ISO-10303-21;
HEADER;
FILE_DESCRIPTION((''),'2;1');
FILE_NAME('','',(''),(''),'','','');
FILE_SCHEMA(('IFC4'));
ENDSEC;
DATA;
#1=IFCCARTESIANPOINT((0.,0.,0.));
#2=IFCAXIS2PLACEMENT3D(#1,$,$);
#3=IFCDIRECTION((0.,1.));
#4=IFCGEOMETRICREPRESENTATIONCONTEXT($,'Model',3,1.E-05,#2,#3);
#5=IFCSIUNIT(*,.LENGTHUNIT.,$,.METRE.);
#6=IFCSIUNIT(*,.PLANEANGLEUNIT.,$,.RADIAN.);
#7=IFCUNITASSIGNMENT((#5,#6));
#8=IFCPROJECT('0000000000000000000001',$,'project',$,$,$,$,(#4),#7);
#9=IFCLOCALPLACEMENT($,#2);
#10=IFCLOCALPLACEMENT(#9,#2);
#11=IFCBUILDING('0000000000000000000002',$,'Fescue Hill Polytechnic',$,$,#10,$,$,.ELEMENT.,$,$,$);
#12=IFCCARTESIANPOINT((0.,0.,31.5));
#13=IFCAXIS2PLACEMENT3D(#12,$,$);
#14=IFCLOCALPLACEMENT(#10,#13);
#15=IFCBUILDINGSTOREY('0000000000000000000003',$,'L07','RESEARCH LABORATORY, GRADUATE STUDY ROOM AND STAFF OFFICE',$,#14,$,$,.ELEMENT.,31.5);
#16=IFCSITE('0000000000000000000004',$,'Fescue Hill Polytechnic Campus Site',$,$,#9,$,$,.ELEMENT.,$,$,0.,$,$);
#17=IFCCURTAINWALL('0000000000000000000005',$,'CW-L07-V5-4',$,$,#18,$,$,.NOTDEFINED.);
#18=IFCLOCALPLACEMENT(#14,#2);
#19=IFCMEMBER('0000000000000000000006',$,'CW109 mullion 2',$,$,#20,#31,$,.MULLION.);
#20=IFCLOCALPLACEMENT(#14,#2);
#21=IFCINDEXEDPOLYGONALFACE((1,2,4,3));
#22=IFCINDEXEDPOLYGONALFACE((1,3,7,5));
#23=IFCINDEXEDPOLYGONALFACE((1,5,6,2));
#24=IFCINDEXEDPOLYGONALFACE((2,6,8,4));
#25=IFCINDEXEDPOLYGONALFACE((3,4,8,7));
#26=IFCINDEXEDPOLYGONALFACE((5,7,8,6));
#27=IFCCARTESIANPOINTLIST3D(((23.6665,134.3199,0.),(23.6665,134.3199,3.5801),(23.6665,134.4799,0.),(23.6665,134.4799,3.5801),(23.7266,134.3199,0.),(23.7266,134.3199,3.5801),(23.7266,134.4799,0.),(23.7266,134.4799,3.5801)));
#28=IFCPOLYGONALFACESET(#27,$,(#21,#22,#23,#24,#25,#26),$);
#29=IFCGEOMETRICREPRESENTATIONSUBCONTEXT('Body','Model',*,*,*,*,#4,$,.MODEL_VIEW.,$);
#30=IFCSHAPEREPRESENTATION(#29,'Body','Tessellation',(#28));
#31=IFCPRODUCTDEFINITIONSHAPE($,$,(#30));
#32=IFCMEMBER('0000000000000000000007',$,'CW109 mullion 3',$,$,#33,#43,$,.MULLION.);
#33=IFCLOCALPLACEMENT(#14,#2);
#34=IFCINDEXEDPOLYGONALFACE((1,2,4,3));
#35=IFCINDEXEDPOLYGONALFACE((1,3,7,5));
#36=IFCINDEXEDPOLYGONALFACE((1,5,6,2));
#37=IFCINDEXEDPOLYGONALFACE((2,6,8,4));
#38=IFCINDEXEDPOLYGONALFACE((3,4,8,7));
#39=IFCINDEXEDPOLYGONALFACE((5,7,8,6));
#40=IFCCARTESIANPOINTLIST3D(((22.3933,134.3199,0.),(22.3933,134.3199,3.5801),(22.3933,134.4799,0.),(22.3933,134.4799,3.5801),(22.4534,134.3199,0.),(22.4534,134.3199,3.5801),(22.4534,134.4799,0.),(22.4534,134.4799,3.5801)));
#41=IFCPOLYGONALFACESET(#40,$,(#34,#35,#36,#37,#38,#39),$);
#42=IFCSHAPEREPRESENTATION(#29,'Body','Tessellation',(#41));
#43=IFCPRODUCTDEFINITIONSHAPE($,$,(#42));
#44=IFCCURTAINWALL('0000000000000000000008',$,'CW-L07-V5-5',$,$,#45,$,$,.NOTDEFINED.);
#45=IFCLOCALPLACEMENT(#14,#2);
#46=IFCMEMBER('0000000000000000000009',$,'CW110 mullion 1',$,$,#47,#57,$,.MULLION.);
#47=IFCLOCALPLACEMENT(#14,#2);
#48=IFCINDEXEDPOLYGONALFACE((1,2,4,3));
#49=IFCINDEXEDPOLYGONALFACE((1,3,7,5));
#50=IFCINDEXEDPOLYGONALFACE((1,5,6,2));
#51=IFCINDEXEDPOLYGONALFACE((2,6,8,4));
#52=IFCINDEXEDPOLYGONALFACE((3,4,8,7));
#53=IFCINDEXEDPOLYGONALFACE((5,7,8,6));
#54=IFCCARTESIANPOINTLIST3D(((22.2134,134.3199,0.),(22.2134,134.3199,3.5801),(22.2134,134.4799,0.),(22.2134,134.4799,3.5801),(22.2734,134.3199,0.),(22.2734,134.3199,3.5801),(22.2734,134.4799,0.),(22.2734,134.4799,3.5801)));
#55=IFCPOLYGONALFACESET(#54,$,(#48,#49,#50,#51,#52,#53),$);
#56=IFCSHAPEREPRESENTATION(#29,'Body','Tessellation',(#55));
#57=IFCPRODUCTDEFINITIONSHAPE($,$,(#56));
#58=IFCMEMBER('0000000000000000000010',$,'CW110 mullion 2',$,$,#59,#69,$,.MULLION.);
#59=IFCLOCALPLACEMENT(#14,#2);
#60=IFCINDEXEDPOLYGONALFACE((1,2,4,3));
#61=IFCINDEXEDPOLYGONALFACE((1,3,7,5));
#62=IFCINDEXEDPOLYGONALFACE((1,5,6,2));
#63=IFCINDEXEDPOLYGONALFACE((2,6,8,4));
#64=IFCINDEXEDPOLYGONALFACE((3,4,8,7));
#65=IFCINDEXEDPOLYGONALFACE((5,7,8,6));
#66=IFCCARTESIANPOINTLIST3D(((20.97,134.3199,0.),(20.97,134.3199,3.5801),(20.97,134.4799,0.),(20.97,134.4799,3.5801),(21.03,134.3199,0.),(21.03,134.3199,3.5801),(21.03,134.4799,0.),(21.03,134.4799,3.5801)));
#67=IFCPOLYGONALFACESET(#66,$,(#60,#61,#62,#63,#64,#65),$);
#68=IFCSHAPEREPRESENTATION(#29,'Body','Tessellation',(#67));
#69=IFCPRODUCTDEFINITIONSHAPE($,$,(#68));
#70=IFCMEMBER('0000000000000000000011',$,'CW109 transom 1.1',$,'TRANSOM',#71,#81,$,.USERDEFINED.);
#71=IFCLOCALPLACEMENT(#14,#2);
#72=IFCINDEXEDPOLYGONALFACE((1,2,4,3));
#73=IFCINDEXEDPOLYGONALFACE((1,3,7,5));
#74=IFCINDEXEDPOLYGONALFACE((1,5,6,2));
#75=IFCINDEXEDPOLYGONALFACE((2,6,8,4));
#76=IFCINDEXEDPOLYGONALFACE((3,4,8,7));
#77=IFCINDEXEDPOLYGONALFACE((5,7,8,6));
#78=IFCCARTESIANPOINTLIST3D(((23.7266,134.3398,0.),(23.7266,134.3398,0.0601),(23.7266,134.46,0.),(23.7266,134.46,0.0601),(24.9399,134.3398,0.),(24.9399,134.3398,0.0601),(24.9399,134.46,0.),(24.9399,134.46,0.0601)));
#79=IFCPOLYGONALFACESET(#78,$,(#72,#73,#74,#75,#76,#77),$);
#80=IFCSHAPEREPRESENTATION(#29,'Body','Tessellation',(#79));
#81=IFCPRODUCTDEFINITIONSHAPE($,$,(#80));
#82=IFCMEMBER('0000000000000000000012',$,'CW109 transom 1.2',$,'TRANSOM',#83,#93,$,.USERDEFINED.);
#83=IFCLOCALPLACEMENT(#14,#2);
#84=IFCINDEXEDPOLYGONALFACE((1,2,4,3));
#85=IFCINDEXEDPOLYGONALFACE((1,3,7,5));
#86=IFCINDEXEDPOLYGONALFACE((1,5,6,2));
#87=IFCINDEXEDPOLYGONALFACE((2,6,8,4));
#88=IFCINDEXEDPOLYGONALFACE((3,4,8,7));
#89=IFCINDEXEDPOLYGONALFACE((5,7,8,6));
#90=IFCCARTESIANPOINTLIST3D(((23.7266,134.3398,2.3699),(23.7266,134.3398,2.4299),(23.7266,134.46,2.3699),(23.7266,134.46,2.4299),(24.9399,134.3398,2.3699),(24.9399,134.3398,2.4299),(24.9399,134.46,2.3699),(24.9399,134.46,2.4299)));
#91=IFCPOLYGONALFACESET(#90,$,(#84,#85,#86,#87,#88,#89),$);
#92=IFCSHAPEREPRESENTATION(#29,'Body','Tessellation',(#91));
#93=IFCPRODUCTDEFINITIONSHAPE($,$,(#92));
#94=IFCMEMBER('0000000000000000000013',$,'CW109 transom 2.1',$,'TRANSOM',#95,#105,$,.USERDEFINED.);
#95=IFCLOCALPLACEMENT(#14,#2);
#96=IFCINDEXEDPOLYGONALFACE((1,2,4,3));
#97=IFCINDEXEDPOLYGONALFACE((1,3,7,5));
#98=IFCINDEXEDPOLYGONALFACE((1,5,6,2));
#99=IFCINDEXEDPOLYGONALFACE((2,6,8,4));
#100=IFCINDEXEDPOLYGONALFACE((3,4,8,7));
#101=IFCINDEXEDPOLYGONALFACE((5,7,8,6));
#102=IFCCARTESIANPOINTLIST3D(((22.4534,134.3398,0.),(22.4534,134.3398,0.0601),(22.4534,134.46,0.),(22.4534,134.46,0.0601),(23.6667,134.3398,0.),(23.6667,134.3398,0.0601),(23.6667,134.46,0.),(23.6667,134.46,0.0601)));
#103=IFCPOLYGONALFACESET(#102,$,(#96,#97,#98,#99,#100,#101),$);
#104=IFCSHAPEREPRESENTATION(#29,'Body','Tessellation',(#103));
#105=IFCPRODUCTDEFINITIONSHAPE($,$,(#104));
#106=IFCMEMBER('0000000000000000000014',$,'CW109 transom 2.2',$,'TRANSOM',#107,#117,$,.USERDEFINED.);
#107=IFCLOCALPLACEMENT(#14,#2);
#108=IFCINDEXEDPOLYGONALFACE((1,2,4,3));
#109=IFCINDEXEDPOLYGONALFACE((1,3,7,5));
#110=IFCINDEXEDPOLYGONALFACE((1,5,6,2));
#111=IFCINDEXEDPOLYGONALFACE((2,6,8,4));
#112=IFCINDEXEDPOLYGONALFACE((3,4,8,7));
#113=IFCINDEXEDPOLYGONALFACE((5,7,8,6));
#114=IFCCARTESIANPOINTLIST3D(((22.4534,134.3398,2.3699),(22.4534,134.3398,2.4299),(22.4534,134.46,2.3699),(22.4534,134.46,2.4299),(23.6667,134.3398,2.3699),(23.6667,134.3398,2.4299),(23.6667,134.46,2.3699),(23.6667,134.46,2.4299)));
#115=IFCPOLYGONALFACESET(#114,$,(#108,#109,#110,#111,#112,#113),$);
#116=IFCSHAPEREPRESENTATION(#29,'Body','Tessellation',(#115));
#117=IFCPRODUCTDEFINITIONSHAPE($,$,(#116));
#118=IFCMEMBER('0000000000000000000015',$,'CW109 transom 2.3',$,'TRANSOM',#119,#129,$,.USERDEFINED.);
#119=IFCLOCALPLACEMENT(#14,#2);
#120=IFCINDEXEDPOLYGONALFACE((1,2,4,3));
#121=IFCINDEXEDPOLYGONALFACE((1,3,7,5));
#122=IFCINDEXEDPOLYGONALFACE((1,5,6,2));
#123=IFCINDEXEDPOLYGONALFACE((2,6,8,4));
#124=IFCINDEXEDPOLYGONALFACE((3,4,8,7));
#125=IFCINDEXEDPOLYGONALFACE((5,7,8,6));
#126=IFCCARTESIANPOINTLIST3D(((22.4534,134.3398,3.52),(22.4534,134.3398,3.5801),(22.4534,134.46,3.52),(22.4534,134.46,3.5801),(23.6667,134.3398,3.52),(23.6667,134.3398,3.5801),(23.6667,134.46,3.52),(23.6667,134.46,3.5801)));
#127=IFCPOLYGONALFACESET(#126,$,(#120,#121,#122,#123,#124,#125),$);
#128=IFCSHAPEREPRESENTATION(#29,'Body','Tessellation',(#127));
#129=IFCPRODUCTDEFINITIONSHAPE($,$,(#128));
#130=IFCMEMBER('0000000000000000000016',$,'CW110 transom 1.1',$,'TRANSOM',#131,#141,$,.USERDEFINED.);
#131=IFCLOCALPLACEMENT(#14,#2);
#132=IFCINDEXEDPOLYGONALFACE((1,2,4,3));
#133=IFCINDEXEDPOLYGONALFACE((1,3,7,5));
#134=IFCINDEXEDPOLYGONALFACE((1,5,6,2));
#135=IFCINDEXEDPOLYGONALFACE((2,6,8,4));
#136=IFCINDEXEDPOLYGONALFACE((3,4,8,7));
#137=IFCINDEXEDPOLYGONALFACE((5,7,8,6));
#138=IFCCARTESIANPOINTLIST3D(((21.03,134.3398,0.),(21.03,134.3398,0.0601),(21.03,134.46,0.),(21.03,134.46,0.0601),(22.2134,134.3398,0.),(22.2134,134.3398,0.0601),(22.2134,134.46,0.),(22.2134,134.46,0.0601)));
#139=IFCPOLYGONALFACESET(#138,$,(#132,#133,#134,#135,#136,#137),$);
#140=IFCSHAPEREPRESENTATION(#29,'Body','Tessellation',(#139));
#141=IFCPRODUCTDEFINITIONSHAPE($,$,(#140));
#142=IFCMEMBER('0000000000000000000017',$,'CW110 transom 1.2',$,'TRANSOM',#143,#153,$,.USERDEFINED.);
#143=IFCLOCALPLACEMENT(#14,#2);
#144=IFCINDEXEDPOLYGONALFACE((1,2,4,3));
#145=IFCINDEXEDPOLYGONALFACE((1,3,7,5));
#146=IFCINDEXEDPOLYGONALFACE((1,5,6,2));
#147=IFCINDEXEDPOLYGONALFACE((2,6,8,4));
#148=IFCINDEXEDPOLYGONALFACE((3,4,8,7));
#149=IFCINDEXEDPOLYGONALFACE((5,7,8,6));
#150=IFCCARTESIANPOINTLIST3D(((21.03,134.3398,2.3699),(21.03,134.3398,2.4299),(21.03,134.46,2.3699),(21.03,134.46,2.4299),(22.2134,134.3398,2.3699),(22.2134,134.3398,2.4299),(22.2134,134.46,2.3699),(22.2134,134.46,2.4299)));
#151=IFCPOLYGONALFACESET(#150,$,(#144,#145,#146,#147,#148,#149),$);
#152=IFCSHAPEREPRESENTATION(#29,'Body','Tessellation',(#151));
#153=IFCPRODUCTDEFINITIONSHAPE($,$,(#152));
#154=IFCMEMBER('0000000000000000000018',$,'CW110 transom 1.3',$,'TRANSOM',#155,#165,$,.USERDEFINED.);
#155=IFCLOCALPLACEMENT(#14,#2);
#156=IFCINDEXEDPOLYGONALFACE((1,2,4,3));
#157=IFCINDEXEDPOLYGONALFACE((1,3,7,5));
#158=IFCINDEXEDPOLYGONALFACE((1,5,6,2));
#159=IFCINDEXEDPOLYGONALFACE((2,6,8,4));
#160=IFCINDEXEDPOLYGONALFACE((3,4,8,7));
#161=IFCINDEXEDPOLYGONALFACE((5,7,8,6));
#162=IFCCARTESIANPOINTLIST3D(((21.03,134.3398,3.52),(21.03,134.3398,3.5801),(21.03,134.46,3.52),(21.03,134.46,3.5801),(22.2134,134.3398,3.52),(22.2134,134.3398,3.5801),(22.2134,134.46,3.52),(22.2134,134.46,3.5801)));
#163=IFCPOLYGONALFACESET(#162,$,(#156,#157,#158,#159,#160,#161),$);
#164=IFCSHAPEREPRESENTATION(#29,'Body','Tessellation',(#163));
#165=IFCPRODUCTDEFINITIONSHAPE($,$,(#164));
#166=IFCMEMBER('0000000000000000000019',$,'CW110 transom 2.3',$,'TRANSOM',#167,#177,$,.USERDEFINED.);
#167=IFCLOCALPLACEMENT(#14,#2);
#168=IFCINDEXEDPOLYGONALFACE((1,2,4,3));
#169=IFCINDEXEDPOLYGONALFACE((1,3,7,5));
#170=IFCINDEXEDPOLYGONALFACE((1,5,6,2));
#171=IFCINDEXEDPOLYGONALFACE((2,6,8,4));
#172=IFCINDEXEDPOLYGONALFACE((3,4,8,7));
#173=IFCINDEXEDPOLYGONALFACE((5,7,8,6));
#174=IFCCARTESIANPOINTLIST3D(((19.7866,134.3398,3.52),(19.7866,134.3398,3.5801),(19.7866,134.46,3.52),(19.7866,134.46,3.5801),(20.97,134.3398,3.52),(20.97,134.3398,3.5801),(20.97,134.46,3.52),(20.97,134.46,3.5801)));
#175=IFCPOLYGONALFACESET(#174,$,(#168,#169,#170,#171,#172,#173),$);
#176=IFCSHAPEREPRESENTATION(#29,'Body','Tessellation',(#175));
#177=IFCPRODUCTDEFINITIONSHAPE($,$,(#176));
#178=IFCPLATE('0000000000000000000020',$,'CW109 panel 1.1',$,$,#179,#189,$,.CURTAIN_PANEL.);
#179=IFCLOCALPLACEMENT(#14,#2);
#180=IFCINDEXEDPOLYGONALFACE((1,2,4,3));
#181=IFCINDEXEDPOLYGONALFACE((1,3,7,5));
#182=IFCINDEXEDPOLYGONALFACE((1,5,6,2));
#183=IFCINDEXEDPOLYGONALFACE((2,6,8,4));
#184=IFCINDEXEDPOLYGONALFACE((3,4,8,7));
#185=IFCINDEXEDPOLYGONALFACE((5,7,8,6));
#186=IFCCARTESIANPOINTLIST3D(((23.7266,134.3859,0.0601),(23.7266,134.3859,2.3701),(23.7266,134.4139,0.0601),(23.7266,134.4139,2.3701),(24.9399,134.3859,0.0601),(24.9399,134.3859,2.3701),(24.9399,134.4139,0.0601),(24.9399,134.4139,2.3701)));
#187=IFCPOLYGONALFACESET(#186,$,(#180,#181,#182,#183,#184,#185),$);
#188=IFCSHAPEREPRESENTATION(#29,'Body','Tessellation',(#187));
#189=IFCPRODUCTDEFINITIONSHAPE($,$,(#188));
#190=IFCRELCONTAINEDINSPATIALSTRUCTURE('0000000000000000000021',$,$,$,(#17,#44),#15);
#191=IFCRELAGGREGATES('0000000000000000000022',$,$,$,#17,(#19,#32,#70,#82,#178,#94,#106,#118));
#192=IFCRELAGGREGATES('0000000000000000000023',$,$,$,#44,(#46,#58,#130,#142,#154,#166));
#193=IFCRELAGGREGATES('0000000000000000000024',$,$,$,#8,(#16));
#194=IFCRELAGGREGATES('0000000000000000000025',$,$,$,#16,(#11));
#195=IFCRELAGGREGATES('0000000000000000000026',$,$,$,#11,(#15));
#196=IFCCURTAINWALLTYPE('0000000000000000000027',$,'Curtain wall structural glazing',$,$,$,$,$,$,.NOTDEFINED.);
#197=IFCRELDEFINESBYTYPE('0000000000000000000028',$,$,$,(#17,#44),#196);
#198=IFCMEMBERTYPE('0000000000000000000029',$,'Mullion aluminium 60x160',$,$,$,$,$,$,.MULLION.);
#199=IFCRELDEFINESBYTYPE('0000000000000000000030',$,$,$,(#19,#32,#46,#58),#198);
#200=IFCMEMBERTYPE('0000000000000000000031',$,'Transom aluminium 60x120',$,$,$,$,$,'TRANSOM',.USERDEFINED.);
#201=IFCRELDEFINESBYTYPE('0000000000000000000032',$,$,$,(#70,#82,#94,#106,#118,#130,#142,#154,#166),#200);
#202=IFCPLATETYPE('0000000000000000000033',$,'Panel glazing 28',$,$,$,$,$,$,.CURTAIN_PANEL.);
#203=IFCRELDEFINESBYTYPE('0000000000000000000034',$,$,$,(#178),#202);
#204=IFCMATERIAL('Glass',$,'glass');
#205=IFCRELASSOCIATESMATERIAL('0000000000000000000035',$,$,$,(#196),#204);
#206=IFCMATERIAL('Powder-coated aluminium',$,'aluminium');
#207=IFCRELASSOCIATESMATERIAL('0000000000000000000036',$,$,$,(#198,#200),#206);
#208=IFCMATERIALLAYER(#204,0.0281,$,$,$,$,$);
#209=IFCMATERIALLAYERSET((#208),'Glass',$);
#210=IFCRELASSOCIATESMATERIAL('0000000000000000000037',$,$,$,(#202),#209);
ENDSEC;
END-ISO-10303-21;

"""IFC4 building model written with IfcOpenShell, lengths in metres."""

from ifc_helpers import new_model, si_unit, direction, frame, origin, origin_2d, place, context, subcontext, project, spatial, rectangle, extrude, material, layer, layer_set, material_profile, profile_set, type_object, element, aggregate, save


model = new_model("IFC4")

# Units and contexts
model_context = context("Model", 3, precision=1e-05, world=origin(), true_north=direction((0.0, 1.0)))
body_context = subcontext(model_context, "Body", "Model", "MODEL_VIEW")
ifc_project = project(units=[si_unit("LENGTHUNIT", "METRE"), si_unit("PLANEANGLEUNIT", "RADIAN")], contexts=[model_context])

# Site, building, storey
site_placement = place(None, origin())
site = spatial("IfcSite", under=ifc_project, at=site_placement, Name="Fescue Hill Polytechnic Campus Site", CompositionType="ELEMENT", RefElevation=0.0)
building_placement = place(site_placement, origin())
building = spatial("IfcBuilding", under=site, at=building_placement, Name="Fescue Hill Polytechnic", CompositionType="ELEMENT")
storey_placement = place(building_placement, frame((0.0, 0.0, 31.5)))
storey = spatial("IfcBuildingStorey", under=building, at=storey_placement, Name="L07", Description="RESEARCH LABORATORY, GRADUATE STUDY ROOM AND STAFF OFFICE", CompositionType="ELEMENT", Elevation=31.5)

# Curtain walls, members
ifc_material_1 = material(Name="Glass", Category="glass")
curtain_wall_type = type_object("IfcCurtainWallType", Name="Curtain wall structural glazing", PredefinedType="NOTDEFINED", material=ifc_material_1)
curtain_wall_1_placement = place(storey_placement, origin())
curtain_wall_1 = element("IfcCurtainWall", 1, at=curtain_wall_1_placement, inside=storey, type_object=curtain_wall_type, Name="CW-L07-V5-4", PredefinedType="NOTDEFINED")
ifc_material_2 = material(Name="Powder-coated aluminium", Category="aluminium")
ifc_material_profile_1 = material_profile(ifc_material_2, rectangle(XDim=0.1599, YDim=0.0601, at=origin_2d()), Name="Mullion aluminium 60x160")
ifc_profile_set_1 = profile_set([ifc_material_profile_1], Name="Powder-coated aluminium")
member_type_1 = type_object("IfcMemberType", Name="Mullion aluminium 60x160", PredefinedType="MULLION", material=ifc_profile_set_1)
member_1_placement = place(storey_placement, frame((23.6965, 134.3999, 0.0), z_axis=(0.0, 0.0, 1.0), x_axis=(0.0, -1.0, 0.0)))
member_1 = element("IfcMember", 2, at=member_1_placement, type_object=member_type_1, Name="CW109 mullion 2", PredefinedType="MULLION", context=body_context, shape_type="SweptSolid", body=[
    extrude(rectangle(XDim=0.1599, YDim=0.0601, at=origin_2d()), origin(), (0.0, 0.0, 1.0), 3.5801),
])
member_2_placement = place(storey_placement, frame((22.4233, 134.3999, 0.0), z_axis=(0.0, 0.0, 1.0), x_axis=(0.0, -1.0, 0.0)))
member_2 = element("IfcMember", 3, at=member_2_placement, type_object=member_type_1, Name="CW109 mullion 3", PredefinedType="MULLION", context=body_context, shape_type="SweptSolid", body=[
    extrude(rectangle(XDim=0.1599, YDim=0.0601, at=origin_2d()), origin(), (0.0, 0.0, 1.0), 3.5801),
])
curtain_wall_2_placement = place(storey_placement, origin())
curtain_wall_2 = element("IfcCurtainWall", 4, at=curtain_wall_2_placement, inside=storey, type_object=curtain_wall_type, Name="CW-L07-V5-5", PredefinedType="NOTDEFINED")
member_3_placement = place(storey_placement, frame((22.2434, 134.3999, 0.0), z_axis=(0.0, 0.0, 1.0), x_axis=(0.0, -1.0, 0.0)))
member_3 = element("IfcMember", 5, at=member_3_placement, type_object=member_type_1, Name="CW110 mullion 1", PredefinedType="MULLION", context=body_context, shape_type="SweptSolid", body=[
    extrude(rectangle(XDim=0.1599, YDim=0.0601, at=origin_2d()), origin(), (0.0, 0.0, 1.0), 3.5801),
])
member_4_placement = place(storey_placement, frame((21.0, 134.3999, 0.0), z_axis=(0.0, 0.0, 1.0), x_axis=(0.0, -1.0, 0.0)))
member_4 = element("IfcMember", 6, at=member_4_placement, type_object=member_type_1, Name="CW110 mullion 2", PredefinedType="MULLION", context=body_context, shape_type="SweptSolid", body=[
    extrude(rectangle(XDim=0.1599, YDim=0.0601, at=origin_2d()), origin(), (0.0, 0.0, 1.0), 3.5801),
])

# Members
ifc_material_profile_2 = material_profile(ifc_material_2, rectangle(XDim=0.1201, YDim=0.0601, at=origin_2d()), Name="Transom aluminium 60x120")
ifc_profile_set_2 = profile_set([ifc_material_profile_2], Name="Powder-coated aluminium")
member_type_2 = type_object("IfcMemberType", Name="Transom aluminium 60x120", ElementType="TRANSOM", PredefinedType="USERDEFINED", material=ifc_profile_set_2)
member_5_placement = place(storey_placement, frame((24.9399, 134.3999, 0.03), z_axis=(-1.0, 0.0, 0.0), x_axis=(0.0, -1.0, 0.0)))
member_5 = element("IfcMember", 7, at=member_5_placement, type_object=member_type_2, Name="CW109 transom 1.1", ObjectType="TRANSOM", PredefinedType="USERDEFINED", context=body_context, shape_type="SweptSolid", body=[
    extrude(rectangle(XDim=0.1201, YDim=0.0601, at=origin_2d()), origin(), (0.0, 0.0, 1.0), 1.2134),
])
member_6_placement = place(storey_placement, frame((24.9399, 134.3999, 2.3999), z_axis=(-1.0, 0.0, 0.0), x_axis=(0.0, -1.0, 0.0)))
member_6 = element("IfcMember", 8, at=member_6_placement, type_object=member_type_2, Name="CW109 transom 1.2", ObjectType="TRANSOM", PredefinedType="USERDEFINED", context=body_context, shape_type="SweptSolid", body=[
    extrude(rectangle(XDim=0.1201, YDim=0.0601, at=origin_2d()), origin(), (0.0, 0.0, 1.0), 1.2134),
])
member_7_placement = place(storey_placement, frame((23.6667, 134.3999, 0.03), z_axis=(-1.0, 0.0, 0.0), x_axis=(0.0, -1.0, 0.0)))
member_7 = element("IfcMember", 9, at=member_7_placement, type_object=member_type_2, Name="CW109 transom 2.1", ObjectType="TRANSOM", PredefinedType="USERDEFINED", context=body_context, shape_type="SweptSolid", body=[
    extrude(rectangle(XDim=0.1201, YDim=0.0601, at=origin_2d()), origin(), (0.0, 0.0, 1.0), 1.2134),
])
member_8_placement = place(storey_placement, frame((23.6667, 134.3999, 2.3999), z_axis=(-1.0, 0.0, 0.0), x_axis=(0.0, -1.0, 0.0)))
member_8 = element("IfcMember", 10, at=member_8_placement, type_object=member_type_2, Name="CW109 transom 2.2", ObjectType="TRANSOM", PredefinedType="USERDEFINED", context=body_context, shape_type="SweptSolid", body=[
    extrude(rectangle(XDim=0.1201, YDim=0.0601, at=origin_2d()), origin(), (0.0, 0.0, 1.0), 1.2134),
])
member_9_placement = place(storey_placement, frame((23.6667, 134.3999, 3.55), z_axis=(-1.0, 0.0, 0.0), x_axis=(0.0, -1.0, 0.0)))
member_9 = element("IfcMember", 11, at=member_9_placement, type_object=member_type_2, Name="CW109 transom 2.3", ObjectType="TRANSOM", PredefinedType="USERDEFINED", context=body_context, shape_type="SweptSolid", body=[
    extrude(rectangle(XDim=0.1201, YDim=0.0601, at=origin_2d()), origin(), (0.0, 0.0, 1.0), 1.2134),
])
member_10_placement = place(storey_placement, frame((22.2134, 134.3999, 0.03), z_axis=(-1.0, 0.0, 0.0), x_axis=(0.0, -1.0, 0.0)))
member_10 = element("IfcMember", 12, at=member_10_placement, type_object=member_type_2, Name="CW110 transom 1.1", ObjectType="TRANSOM", PredefinedType="USERDEFINED", context=body_context, shape_type="SweptSolid", body=[
    extrude(rectangle(XDim=0.1201, YDim=0.0601, at=origin_2d()), origin(), (0.0, 0.0, 1.0), 1.1833),
])
member_11_placement = place(storey_placement, frame((22.2134, 134.3999, 2.3999), z_axis=(-1.0, 0.0, 0.0), x_axis=(0.0, -1.0, 0.0)))
member_11 = element("IfcMember", 13, at=member_11_placement, type_object=member_type_2, Name="CW110 transom 1.2", ObjectType="TRANSOM", PredefinedType="USERDEFINED", context=body_context, shape_type="SweptSolid", body=[
    extrude(rectangle(XDim=0.1201, YDim=0.0601, at=origin_2d()), origin(), (0.0, 0.0, 1.0), 1.1833),
])
member_12_placement = place(storey_placement, frame((22.2134, 134.3999, 3.55), z_axis=(-1.0, 0.0, 0.0), x_axis=(0.0, -1.0, 0.0)))
member_12 = element("IfcMember", 14, at=member_12_placement, type_object=member_type_2, Name="CW110 transom 1.3", ObjectType="TRANSOM", PredefinedType="USERDEFINED", context=body_context, shape_type="SweptSolid", body=[
    extrude(rectangle(XDim=0.1201, YDim=0.0601, at=origin_2d()), origin(), (0.0, 0.0, 1.0), 1.1833),
])
member_13_placement = place(storey_placement, frame((20.97, 134.3999, 3.55), z_axis=(-1.0, 0.0, 0.0), x_axis=(0.0, -1.0, 0.0)))
member_13 = element("IfcMember", 15, at=member_13_placement, type_object=member_type_2, Name="CW110 transom 2.3", ObjectType="TRANSOM", PredefinedType="USERDEFINED", context=body_context, shape_type="SweptSolid", body=[
    extrude(rectangle(XDim=0.1201, YDim=0.0601, at=origin_2d()), origin(), (0.0, 0.0, 1.0), 1.1833),
])

# Plate
ifc_layer_1 = layer(ifc_material_1, 0.0281)
ifc_layer_set_1 = layer_set([ifc_layer_1], Name="Glass")
plate_type = type_object("IfcPlateType", Name="Panel glazing 28", PredefinedType="CURTAIN_PANEL", material=ifc_layer_set_1)
plate_1_placement = place(storey_placement, frame((24.3333, 134.3999, 0.0601), z_axis=(0.0, 0.0, 1.0), x_axis=(-1.0, 0.0, 0.0)))
plate_1 = element("IfcPlate", 16, at=plate_1_placement, type_object=plate_type, Name="CW109 panel 1.1", PredefinedType="CURTAIN_PANEL", context=body_context, shape_type="SweptSolid", body=[
    extrude(rectangle(XDim=1.2134, YDim=0.0281, at=origin_2d()), origin(), (0.0, 0.0, 1.0), 2.3101),
])
aggregate(curtain_wall_1, [member_1, member_2, member_5, member_6, plate_1, member_7, member_8, member_9])
aggregate(curtain_wall_2, [member_3, member_4, member_10, member_11, member_12, member_13])

save(model, "model.ifc")
